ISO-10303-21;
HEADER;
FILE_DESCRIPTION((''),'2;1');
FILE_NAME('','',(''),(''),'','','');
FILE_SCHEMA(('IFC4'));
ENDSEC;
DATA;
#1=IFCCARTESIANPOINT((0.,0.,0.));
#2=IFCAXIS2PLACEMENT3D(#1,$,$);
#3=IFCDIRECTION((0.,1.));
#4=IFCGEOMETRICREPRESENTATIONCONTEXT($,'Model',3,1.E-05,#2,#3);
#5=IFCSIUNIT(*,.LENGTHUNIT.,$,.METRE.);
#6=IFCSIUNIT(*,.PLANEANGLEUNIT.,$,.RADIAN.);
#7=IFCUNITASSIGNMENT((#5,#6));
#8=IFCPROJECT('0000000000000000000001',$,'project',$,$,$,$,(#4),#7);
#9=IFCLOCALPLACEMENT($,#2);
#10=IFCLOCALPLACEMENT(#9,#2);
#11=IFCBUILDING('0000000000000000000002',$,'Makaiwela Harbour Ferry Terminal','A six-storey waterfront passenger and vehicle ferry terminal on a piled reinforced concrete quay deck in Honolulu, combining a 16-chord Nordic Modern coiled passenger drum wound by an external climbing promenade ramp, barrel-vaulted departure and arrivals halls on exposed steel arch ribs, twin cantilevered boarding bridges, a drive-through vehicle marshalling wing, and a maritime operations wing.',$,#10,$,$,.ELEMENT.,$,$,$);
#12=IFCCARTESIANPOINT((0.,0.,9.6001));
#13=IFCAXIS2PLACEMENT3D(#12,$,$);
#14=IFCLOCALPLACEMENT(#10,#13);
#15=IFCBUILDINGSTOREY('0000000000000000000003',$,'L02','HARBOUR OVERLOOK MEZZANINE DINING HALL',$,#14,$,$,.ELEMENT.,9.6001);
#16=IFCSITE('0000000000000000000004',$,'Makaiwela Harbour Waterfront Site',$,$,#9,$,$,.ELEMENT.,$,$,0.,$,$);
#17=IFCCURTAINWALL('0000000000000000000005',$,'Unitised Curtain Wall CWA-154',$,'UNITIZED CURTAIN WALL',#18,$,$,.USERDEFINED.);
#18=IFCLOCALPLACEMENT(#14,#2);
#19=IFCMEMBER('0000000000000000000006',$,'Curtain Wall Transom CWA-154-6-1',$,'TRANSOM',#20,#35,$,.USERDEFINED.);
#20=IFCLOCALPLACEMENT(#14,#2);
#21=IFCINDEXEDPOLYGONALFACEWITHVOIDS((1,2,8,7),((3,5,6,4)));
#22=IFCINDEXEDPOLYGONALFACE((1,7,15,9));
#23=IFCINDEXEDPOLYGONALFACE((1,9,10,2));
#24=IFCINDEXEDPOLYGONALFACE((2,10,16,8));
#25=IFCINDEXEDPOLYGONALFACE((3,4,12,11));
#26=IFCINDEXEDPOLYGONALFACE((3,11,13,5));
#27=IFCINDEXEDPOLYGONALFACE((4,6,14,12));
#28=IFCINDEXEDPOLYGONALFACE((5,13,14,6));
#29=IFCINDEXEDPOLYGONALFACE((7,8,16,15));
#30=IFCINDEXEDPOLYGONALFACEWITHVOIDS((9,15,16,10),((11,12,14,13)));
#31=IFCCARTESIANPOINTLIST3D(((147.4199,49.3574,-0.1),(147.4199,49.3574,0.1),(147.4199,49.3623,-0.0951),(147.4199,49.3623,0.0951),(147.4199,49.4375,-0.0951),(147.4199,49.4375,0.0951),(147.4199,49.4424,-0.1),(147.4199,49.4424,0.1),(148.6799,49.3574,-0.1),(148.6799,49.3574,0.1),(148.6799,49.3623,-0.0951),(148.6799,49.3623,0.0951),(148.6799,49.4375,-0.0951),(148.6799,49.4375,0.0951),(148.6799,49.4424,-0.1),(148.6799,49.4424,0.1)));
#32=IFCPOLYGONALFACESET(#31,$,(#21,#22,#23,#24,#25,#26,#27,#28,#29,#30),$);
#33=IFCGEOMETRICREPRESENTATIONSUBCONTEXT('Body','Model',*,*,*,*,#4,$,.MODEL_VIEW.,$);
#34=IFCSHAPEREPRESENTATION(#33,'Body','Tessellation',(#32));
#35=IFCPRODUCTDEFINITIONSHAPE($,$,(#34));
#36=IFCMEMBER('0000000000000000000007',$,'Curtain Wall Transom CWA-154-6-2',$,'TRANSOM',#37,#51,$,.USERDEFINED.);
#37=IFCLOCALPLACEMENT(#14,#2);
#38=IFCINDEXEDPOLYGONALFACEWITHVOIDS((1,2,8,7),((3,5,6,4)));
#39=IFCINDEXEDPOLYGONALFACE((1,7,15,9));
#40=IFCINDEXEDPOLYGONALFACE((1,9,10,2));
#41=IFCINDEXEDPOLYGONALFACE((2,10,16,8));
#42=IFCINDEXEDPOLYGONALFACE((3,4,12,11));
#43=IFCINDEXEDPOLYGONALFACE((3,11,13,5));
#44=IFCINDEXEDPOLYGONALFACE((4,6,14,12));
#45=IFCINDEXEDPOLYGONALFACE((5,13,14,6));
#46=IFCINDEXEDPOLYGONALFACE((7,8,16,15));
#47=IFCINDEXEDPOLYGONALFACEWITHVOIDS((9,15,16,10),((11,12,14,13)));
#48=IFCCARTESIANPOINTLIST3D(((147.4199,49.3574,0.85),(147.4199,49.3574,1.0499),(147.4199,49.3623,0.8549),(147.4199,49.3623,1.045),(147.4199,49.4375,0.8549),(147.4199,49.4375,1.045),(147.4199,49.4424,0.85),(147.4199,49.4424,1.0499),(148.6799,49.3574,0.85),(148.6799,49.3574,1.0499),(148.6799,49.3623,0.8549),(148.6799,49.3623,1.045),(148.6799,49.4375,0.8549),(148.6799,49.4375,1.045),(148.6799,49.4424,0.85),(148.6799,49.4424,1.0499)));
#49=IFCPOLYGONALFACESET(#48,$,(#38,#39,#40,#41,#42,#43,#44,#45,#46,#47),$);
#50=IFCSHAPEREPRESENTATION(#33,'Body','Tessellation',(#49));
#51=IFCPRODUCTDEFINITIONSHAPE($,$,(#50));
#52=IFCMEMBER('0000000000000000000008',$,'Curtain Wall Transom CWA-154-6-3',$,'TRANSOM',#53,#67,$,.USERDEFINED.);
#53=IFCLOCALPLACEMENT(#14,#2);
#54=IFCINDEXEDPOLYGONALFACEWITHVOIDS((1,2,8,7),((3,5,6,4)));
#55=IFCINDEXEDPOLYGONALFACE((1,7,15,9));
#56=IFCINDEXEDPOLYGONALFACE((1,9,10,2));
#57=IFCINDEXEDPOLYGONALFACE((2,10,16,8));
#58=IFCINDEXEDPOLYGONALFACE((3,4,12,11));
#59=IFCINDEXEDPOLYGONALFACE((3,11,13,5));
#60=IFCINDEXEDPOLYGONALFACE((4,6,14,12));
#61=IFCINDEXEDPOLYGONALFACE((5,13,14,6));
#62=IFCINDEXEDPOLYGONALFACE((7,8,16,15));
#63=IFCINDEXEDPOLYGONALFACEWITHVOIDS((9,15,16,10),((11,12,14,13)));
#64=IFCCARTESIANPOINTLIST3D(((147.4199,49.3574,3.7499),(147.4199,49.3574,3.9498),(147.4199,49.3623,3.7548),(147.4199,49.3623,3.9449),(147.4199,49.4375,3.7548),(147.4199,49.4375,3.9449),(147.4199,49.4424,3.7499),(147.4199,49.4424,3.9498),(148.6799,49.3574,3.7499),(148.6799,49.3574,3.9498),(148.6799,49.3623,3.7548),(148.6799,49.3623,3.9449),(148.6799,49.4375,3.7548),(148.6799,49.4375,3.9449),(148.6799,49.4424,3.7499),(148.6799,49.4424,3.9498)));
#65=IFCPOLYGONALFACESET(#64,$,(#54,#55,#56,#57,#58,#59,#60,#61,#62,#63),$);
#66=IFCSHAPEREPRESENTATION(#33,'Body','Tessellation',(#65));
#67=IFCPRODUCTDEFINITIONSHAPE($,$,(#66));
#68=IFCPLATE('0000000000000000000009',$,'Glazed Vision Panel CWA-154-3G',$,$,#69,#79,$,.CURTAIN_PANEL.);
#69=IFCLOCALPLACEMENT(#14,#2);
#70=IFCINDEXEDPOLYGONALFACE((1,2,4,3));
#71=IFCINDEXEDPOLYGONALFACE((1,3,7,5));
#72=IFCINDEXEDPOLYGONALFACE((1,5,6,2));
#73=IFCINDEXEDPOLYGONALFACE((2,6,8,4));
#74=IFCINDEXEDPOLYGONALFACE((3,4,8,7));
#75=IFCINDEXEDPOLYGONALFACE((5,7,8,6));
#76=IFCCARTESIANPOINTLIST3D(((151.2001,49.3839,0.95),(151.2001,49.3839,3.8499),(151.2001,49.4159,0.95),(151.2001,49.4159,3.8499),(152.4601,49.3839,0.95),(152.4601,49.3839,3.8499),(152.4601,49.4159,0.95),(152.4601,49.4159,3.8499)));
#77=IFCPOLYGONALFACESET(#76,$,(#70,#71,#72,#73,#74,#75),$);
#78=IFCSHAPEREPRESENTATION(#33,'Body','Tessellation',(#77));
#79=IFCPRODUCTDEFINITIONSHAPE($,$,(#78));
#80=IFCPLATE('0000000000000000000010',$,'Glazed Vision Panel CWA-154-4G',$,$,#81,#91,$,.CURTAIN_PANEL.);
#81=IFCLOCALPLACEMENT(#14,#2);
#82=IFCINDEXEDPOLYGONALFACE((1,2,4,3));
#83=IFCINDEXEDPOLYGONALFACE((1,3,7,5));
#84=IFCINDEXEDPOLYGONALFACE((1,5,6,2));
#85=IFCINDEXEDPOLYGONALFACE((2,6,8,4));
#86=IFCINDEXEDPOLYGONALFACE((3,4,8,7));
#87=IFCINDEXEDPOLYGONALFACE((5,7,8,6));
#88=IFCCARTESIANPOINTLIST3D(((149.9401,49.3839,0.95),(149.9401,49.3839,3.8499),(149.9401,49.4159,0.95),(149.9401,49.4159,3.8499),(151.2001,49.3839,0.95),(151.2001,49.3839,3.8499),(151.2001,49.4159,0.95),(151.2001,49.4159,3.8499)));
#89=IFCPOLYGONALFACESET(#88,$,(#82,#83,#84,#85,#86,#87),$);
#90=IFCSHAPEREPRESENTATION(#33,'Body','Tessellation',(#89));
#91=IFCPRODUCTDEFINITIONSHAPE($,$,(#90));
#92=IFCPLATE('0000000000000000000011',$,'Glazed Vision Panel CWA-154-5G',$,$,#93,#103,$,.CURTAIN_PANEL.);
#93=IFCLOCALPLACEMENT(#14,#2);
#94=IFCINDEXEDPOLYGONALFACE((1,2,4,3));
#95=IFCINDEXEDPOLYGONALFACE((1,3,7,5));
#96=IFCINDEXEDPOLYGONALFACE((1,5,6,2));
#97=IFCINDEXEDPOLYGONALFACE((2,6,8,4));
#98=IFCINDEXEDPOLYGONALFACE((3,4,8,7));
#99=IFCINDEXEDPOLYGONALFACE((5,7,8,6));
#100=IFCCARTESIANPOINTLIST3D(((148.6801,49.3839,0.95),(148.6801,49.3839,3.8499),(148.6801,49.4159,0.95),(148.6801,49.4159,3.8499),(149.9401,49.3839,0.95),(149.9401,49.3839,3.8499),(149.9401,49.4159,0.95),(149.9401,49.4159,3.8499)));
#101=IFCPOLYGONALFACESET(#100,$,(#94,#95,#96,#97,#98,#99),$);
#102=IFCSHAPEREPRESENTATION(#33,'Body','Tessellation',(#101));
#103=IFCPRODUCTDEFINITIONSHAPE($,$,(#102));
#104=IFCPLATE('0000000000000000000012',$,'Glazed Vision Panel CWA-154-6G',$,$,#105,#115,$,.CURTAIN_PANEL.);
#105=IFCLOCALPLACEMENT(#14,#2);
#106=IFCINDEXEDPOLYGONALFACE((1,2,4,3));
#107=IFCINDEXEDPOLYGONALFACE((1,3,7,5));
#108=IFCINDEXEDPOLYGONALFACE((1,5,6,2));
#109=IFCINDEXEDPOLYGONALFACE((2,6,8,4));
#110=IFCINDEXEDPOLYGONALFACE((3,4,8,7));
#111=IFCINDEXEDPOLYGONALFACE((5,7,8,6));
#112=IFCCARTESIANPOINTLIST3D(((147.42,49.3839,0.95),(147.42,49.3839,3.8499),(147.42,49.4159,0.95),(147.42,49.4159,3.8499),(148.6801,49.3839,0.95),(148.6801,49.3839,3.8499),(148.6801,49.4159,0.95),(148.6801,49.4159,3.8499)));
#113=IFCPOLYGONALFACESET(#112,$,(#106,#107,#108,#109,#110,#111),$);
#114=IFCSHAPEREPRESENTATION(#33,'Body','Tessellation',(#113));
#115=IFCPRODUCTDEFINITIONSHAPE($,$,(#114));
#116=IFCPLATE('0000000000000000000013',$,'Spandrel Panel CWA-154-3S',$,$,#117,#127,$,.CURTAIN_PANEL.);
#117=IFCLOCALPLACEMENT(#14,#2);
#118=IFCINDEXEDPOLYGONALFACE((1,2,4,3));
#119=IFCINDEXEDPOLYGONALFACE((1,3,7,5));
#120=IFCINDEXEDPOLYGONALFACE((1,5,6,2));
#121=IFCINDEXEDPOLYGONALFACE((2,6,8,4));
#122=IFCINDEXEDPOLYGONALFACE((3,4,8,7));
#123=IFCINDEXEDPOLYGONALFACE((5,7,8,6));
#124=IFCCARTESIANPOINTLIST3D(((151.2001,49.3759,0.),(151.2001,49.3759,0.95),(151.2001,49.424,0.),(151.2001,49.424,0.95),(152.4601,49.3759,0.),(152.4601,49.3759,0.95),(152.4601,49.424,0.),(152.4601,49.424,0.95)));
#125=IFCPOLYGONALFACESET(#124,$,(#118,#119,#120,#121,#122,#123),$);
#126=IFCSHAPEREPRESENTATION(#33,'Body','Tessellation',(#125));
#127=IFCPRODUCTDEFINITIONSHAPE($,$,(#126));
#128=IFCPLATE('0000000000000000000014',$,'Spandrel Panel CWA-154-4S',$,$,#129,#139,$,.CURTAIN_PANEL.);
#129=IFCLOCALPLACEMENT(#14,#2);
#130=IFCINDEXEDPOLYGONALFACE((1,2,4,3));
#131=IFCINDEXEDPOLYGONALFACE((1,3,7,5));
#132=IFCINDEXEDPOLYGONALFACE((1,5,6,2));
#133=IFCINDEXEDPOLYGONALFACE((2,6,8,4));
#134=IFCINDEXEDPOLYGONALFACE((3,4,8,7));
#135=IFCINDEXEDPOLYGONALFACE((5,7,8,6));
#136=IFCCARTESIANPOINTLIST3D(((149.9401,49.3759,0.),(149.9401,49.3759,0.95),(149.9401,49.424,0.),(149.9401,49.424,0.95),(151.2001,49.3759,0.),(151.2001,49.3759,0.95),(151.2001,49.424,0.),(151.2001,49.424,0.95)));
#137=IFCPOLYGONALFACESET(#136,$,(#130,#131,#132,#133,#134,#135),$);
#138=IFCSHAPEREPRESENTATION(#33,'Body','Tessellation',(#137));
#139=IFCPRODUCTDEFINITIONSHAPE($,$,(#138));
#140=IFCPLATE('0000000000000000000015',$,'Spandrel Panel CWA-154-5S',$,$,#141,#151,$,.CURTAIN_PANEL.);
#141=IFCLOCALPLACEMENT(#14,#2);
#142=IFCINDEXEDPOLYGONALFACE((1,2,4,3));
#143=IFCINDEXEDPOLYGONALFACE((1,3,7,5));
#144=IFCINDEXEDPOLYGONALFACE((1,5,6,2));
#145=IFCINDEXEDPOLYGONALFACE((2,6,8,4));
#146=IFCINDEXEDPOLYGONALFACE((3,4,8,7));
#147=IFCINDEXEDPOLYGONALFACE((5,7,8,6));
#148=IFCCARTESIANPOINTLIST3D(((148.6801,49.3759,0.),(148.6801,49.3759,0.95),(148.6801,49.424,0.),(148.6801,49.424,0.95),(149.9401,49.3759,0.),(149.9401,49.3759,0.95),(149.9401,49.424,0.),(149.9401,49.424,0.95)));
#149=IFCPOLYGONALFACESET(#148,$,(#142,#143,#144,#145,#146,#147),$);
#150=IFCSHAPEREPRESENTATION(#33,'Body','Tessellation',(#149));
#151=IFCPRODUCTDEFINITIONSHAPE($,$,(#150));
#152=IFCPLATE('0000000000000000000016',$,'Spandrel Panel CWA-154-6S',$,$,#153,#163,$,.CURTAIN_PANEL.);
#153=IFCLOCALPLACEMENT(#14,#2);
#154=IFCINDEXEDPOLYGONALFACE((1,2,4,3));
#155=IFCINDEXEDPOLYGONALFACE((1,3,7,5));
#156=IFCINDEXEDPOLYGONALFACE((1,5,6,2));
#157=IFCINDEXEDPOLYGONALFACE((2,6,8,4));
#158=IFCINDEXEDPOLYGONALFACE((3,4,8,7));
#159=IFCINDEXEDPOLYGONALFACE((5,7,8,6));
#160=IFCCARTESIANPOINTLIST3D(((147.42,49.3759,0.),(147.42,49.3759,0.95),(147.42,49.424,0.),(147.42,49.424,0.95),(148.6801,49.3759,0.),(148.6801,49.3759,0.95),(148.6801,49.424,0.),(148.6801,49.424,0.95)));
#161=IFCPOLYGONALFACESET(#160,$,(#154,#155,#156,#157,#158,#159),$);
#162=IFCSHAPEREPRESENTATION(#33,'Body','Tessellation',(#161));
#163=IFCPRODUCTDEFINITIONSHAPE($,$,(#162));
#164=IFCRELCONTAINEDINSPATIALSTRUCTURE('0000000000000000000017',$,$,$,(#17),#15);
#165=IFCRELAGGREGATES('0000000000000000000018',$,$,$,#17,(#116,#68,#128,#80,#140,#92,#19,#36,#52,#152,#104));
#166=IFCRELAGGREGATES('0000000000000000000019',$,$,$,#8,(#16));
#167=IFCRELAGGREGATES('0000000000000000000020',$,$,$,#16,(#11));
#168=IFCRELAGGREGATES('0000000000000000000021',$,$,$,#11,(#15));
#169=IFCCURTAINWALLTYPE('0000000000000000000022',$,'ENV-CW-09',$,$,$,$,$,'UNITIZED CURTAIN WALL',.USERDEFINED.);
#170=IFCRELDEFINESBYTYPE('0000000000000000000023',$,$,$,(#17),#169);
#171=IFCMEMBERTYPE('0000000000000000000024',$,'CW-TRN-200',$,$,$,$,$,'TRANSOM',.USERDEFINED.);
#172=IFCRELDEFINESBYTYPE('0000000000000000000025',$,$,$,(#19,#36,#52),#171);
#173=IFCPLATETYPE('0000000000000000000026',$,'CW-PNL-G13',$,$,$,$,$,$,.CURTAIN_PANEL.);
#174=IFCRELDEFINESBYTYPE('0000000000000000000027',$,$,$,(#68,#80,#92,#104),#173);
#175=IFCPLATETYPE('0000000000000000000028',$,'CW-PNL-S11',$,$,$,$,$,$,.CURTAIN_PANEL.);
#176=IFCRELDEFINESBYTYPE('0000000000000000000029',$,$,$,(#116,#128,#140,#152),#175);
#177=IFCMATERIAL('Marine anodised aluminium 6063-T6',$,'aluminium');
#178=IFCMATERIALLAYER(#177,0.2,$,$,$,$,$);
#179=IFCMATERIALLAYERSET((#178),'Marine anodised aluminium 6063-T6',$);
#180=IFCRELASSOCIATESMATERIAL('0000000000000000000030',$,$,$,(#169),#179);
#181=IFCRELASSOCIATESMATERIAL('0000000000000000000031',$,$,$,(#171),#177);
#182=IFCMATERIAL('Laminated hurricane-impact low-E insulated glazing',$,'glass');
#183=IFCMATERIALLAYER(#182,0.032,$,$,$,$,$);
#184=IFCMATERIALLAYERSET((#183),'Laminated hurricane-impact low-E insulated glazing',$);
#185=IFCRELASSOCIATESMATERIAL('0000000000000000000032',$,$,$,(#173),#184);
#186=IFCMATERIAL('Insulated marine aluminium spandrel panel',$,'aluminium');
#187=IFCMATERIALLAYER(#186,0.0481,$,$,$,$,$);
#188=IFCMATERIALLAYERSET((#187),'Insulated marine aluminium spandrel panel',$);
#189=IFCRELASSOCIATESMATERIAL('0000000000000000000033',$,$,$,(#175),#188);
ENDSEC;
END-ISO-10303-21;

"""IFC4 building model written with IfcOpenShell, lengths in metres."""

from ifc_helpers import new_model, si_unit, direction, frame, origin, origin_2d, place, context, subcontext, project, spatial, rectangle, hollow_rectangle, extrude, material, layer, layer_set, material_profile, profile_set, type_object, element, aggregate, save


model = new_model("IFC4")

# Units and contexts
model_context = context("Model", 3, precision=1e-05, world=origin(), true_north=direction((0.0, 1.0)))
body_context = subcontext(model_context, "Body", "Model", "MODEL_VIEW")
ifc_project = project(units=[si_unit("LENGTHUNIT", "METRE"), si_unit("PLANEANGLEUNIT", "RADIAN")], contexts=[model_context])

# Site, building, storey
site_placement = place(None, origin())
site = spatial("IfcSite", under=ifc_project, at=site_placement, Name="Makaiwela Harbour Waterfront Site", CompositionType="ELEMENT", RefElevation=0.0)
building_placement = place(site_placement, origin())
building = spatial("IfcBuilding", under=site, at=building_placement, Name="Makaiwela Harbour Ferry Terminal", Description="A six-storey waterfront passenger and vehicle ferry terminal on a piled reinforced concrete quay deck in Honolulu, combining a 16-chord Nordic Modern coiled passenger drum wound by an external climbing promenade ramp, barrel-vaulted departure and arrivals halls on exposed steel arch ribs, twin cantilevered boarding bridges, a drive-through vehicle marshalling wing, and a maritime operations wing.", CompositionType="ELEMENT")
storey_placement = place(building_placement, frame((0.0, 0.0, 9.6001)))
storey = spatial("IfcBuildingStorey", under=building, at=storey_placement, Name="L02", Description="HARBOUR OVERLOOK MEZZANINE DINING HALL", CompositionType="ELEMENT", Elevation=9.6001)

# Curtain wall, members, plates
ifc_material_1 = material(Name="Marine anodised aluminium 6063-T6", Category="aluminium")
ifc_layer_1 = layer(ifc_material_1, 0.2)
ifc_layer_set_1 = layer_set([ifc_layer_1], Name="Marine anodised aluminium 6063-T6")
curtain_wall_type = type_object("IfcCurtainWallType", Name="ENV-CW-09", ElementType="UNITIZED CURTAIN WALL", PredefinedType="USERDEFINED", material=ifc_layer_set_1)
curtain_wall_placement = place(storey_placement, origin())
curtain_wall = element("IfcCurtainWall", 1, at=curtain_wall_placement, inside=storey, type_object=curtain_wall_type, Name="Unitised Curtain Wall CWA-154", ObjectType="UNITIZED CURTAIN WALL", PredefinedType="USERDEFINED")
ifc_material_profile_1 = material_profile(ifc_material_1, hollow_rectangle(XDim=0.085, YDim=0.2, WallThickness=0.0049, at=origin_2d()), Name="CWT-200X85")
ifc_profile_set_1 = profile_set([ifc_material_profile_1], Name="Marine anodised aluminium 6063-T6")
member_type_1 = type_object("IfcMemberType", Name="CW-TRN-200", ElementType="TRANSOM", PredefinedType="USERDEFINED", material=ifc_profile_set_1)
member_1_placement = place(storey_placement, frame((148.6799, 49.3999, 0.0), z_axis=(-1.0, 0.0, 0.0), x_axis=(0.0, -1.0, 0.0)))
member_1 = element("IfcMember", 2, at=member_1_placement, type_object=member_type_1, Name="Curtain Wall Transom CWA-154-6-1", ObjectType="TRANSOM", PredefinedType="USERDEFINED", context=body_context, shape_type="SweptSolid", body=[
    extrude(hollow_rectangle(XDim=0.085, YDim=0.2, WallThickness=0.0049, at=origin_2d()), origin(), (0.0, 0.0, 1.0), 1.26),
])
member_2_placement = place(storey_placement, frame((148.6799, 49.3999, 0.95), z_axis=(-1.0, 0.0, 0.0), x_axis=(0.0, -1.0, 0.0)))
member_2 = element("IfcMember", 3, at=member_2_placement, type_object=member_type_1, Name="Curtain Wall Transom CWA-154-6-2", ObjectType="TRANSOM", PredefinedType="USERDEFINED", context=body_context, shape_type="SweptSolid", body=[
    extrude(hollow_rectangle(XDim=0.085, YDim=0.2, WallThickness=0.0049, at=origin_2d()), origin(), (0.0, 0.0, 1.0), 1.26),
])
member_3_placement = place(storey_placement, frame((148.6799, 49.3999, 3.8499), z_axis=(-1.0, 0.0, 0.0), x_axis=(0.0, -1.0, 0.0)))
member_3 = element("IfcMember", 4, at=member_3_placement, type_object=member_type_1, Name="Curtain Wall Transom CWA-154-6-3", ObjectType="TRANSOM", PredefinedType="USERDEFINED", context=body_context, shape_type="SweptSolid", body=[
    extrude(hollow_rectangle(XDim=0.085, YDim=0.2, WallThickness=0.0049, at=origin_2d()), origin(), (0.0, 0.0, 1.0), 1.26),
])
ifc_material_2 = material(Name="Laminated hurricane-impact low-E insulated glazing", Category="glass")
ifc_layer_2 = layer(ifc_material_2, 0.032)
ifc_layer_set_2 = layer_set([ifc_layer_2], Name="Laminated hurricane-impact low-E insulated glazing")
plate_type_1 = type_object("IfcPlateType", Name="CW-PNL-G13", PredefinedType="CURTAIN_PANEL", material=ifc_layer_set_2)
plate_1_placement = place(storey_placement, frame((151.8301, 49.3999, 0.95), z_axis=(0.0, 0.0, 1.0), x_axis=(-1.0, 0.0, 0.0)))
plate_1 = element("IfcPlate", 5, at=plate_1_placement, type_object=plate_type_1, Name="Glazed Vision Panel CWA-154-3G", PredefinedType="CURTAIN_PANEL", context=body_context, shape_type="SweptSolid", body=[
    extrude(rectangle(XDim=1.26, YDim=0.032, at=origin_2d()), origin(), (0.0, 0.0, 1.0), 2.8999),
])
plate_2_placement = place(storey_placement, frame((150.5701, 49.3999, 0.95), z_axis=(0.0, 0.0, 1.0), x_axis=(-1.0, 0.0, 0.0)))
plate_2 = element("IfcPlate", 6, at=plate_2_placement, type_object=plate_type_1, Name="Glazed Vision Panel CWA-154-4G", PredefinedType="CURTAIN_PANEL", context=body_context, shape_type="SweptSolid", body=[
    extrude(rectangle(XDim=1.26, YDim=0.032, at=origin_2d()), origin(), (0.0, 0.0, 1.0), 2.8999),
])
plate_3_placement = place(storey_placement, frame((149.3101, 49.3999, 0.95), z_axis=(0.0, 0.0, 1.0), x_axis=(-1.0, 0.0, 0.0)))
plate_3 = element("IfcPlate", 7, at=plate_3_placement, type_object=plate_type_1, Name="Glazed Vision Panel CWA-154-5G", PredefinedType="CURTAIN_PANEL", context=body_context, shape_type="SweptSolid", body=[
    extrude(rectangle(XDim=1.26, YDim=0.032, at=origin_2d()), origin(), (0.0, 0.0, 1.0), 2.8999),
])
plate_4_placement = place(storey_placement, frame((148.05, 49.3999, 0.95), z_axis=(0.0, 0.0, 1.0), x_axis=(-1.0, 0.0, 0.0)))
plate_4 = element("IfcPlate", 8, at=plate_4_placement, type_object=plate_type_1, Name="Glazed Vision Panel CWA-154-6G", PredefinedType="CURTAIN_PANEL", context=body_context, shape_type="SweptSolid", body=[
    extrude(rectangle(XDim=1.26, YDim=0.032, at=origin_2d()), origin(), (0.0, 0.0, 1.0), 2.8999),
])
ifc_material_3 = material(Name="Insulated marine aluminium spandrel panel", Category="aluminium")
ifc_layer_3 = layer(ifc_material_3, 0.0481)
ifc_layer_set_3 = layer_set([ifc_layer_3], Name="Insulated marine aluminium spandrel panel")
plate_type_2 = type_object("IfcPlateType", Name="CW-PNL-S11", PredefinedType="CURTAIN_PANEL", material=ifc_layer_set_3)
plate_5_placement = place(storey_placement, frame((151.8301, 49.3999, 0.0), z_axis=(0.0, 0.0, 1.0), x_axis=(-1.0, 0.0, 0.0)))
plate_5 = element("IfcPlate", 9, at=plate_5_placement, type_object=plate_type_2, Name="Spandrel Panel CWA-154-3S", PredefinedType="CURTAIN_PANEL", context=body_context, shape_type="SweptSolid", body=[
    extrude(rectangle(XDim=1.26, YDim=0.0481, at=origin_2d()), origin(), (0.0, 0.0, 1.0), 0.95),
])
plate_6_placement = place(storey_placement, frame((150.5701, 49.3999, 0.0), z_axis=(0.0, 0.0, 1.0), x_axis=(-1.0, 0.0, 0.0)))
plate_6 = element("IfcPlate", 10, at=plate_6_placement, type_object=plate_type_2, Name="Spandrel Panel CWA-154-4S", PredefinedType="CURTAIN_PANEL", context=body_context, shape_type="SweptSolid", body=[
    extrude(rectangle(XDim=1.26, YDim=0.0481, at=origin_2d()), origin(), (0.0, 0.0, 1.0), 0.95),
])
plate_7_placement = place(storey_placement, frame((149.3101, 49.3999, 0.0), z_axis=(0.0, 0.0, 1.0), x_axis=(-1.0, 0.0, 0.0)))
plate_7 = element("IfcPlate", 11, at=plate_7_placement, type_object=plate_type_2, Name="Spandrel Panel CWA-154-5S", PredefinedType="CURTAIN_PANEL", context=body_context, shape_type="SweptSolid", body=[
    extrude(rectangle(XDim=1.26, YDim=0.0481, at=origin_2d()), origin(), (0.0, 0.0, 1.0), 0.95),
])
plate_8_placement = place(storey_placement, frame((148.05, 49.3999, 0.0), z_axis=(0.0, 0.0, 1.0), x_axis=(-1.0, 0.0, 0.0)))
plate_8 = element("IfcPlate", 12, at=plate_8_placement, type_object=plate_type_2, Name="Spandrel Panel CWA-154-6S", PredefinedType="CURTAIN_PANEL", context=body_context, shape_type="SweptSolid", body=[
    extrude(rectangle(XDim=1.26, YDim=0.0481, at=origin_2d()), origin(), (0.0, 0.0, 1.0), 0.95),
])
aggregate(curtain_wall, [plate_5, plate_1, plate_6, plate_2, plate_7, plate_3, member_1, member_2, member_3, plate_8, plate_4])

save(model, "model.ifc")
